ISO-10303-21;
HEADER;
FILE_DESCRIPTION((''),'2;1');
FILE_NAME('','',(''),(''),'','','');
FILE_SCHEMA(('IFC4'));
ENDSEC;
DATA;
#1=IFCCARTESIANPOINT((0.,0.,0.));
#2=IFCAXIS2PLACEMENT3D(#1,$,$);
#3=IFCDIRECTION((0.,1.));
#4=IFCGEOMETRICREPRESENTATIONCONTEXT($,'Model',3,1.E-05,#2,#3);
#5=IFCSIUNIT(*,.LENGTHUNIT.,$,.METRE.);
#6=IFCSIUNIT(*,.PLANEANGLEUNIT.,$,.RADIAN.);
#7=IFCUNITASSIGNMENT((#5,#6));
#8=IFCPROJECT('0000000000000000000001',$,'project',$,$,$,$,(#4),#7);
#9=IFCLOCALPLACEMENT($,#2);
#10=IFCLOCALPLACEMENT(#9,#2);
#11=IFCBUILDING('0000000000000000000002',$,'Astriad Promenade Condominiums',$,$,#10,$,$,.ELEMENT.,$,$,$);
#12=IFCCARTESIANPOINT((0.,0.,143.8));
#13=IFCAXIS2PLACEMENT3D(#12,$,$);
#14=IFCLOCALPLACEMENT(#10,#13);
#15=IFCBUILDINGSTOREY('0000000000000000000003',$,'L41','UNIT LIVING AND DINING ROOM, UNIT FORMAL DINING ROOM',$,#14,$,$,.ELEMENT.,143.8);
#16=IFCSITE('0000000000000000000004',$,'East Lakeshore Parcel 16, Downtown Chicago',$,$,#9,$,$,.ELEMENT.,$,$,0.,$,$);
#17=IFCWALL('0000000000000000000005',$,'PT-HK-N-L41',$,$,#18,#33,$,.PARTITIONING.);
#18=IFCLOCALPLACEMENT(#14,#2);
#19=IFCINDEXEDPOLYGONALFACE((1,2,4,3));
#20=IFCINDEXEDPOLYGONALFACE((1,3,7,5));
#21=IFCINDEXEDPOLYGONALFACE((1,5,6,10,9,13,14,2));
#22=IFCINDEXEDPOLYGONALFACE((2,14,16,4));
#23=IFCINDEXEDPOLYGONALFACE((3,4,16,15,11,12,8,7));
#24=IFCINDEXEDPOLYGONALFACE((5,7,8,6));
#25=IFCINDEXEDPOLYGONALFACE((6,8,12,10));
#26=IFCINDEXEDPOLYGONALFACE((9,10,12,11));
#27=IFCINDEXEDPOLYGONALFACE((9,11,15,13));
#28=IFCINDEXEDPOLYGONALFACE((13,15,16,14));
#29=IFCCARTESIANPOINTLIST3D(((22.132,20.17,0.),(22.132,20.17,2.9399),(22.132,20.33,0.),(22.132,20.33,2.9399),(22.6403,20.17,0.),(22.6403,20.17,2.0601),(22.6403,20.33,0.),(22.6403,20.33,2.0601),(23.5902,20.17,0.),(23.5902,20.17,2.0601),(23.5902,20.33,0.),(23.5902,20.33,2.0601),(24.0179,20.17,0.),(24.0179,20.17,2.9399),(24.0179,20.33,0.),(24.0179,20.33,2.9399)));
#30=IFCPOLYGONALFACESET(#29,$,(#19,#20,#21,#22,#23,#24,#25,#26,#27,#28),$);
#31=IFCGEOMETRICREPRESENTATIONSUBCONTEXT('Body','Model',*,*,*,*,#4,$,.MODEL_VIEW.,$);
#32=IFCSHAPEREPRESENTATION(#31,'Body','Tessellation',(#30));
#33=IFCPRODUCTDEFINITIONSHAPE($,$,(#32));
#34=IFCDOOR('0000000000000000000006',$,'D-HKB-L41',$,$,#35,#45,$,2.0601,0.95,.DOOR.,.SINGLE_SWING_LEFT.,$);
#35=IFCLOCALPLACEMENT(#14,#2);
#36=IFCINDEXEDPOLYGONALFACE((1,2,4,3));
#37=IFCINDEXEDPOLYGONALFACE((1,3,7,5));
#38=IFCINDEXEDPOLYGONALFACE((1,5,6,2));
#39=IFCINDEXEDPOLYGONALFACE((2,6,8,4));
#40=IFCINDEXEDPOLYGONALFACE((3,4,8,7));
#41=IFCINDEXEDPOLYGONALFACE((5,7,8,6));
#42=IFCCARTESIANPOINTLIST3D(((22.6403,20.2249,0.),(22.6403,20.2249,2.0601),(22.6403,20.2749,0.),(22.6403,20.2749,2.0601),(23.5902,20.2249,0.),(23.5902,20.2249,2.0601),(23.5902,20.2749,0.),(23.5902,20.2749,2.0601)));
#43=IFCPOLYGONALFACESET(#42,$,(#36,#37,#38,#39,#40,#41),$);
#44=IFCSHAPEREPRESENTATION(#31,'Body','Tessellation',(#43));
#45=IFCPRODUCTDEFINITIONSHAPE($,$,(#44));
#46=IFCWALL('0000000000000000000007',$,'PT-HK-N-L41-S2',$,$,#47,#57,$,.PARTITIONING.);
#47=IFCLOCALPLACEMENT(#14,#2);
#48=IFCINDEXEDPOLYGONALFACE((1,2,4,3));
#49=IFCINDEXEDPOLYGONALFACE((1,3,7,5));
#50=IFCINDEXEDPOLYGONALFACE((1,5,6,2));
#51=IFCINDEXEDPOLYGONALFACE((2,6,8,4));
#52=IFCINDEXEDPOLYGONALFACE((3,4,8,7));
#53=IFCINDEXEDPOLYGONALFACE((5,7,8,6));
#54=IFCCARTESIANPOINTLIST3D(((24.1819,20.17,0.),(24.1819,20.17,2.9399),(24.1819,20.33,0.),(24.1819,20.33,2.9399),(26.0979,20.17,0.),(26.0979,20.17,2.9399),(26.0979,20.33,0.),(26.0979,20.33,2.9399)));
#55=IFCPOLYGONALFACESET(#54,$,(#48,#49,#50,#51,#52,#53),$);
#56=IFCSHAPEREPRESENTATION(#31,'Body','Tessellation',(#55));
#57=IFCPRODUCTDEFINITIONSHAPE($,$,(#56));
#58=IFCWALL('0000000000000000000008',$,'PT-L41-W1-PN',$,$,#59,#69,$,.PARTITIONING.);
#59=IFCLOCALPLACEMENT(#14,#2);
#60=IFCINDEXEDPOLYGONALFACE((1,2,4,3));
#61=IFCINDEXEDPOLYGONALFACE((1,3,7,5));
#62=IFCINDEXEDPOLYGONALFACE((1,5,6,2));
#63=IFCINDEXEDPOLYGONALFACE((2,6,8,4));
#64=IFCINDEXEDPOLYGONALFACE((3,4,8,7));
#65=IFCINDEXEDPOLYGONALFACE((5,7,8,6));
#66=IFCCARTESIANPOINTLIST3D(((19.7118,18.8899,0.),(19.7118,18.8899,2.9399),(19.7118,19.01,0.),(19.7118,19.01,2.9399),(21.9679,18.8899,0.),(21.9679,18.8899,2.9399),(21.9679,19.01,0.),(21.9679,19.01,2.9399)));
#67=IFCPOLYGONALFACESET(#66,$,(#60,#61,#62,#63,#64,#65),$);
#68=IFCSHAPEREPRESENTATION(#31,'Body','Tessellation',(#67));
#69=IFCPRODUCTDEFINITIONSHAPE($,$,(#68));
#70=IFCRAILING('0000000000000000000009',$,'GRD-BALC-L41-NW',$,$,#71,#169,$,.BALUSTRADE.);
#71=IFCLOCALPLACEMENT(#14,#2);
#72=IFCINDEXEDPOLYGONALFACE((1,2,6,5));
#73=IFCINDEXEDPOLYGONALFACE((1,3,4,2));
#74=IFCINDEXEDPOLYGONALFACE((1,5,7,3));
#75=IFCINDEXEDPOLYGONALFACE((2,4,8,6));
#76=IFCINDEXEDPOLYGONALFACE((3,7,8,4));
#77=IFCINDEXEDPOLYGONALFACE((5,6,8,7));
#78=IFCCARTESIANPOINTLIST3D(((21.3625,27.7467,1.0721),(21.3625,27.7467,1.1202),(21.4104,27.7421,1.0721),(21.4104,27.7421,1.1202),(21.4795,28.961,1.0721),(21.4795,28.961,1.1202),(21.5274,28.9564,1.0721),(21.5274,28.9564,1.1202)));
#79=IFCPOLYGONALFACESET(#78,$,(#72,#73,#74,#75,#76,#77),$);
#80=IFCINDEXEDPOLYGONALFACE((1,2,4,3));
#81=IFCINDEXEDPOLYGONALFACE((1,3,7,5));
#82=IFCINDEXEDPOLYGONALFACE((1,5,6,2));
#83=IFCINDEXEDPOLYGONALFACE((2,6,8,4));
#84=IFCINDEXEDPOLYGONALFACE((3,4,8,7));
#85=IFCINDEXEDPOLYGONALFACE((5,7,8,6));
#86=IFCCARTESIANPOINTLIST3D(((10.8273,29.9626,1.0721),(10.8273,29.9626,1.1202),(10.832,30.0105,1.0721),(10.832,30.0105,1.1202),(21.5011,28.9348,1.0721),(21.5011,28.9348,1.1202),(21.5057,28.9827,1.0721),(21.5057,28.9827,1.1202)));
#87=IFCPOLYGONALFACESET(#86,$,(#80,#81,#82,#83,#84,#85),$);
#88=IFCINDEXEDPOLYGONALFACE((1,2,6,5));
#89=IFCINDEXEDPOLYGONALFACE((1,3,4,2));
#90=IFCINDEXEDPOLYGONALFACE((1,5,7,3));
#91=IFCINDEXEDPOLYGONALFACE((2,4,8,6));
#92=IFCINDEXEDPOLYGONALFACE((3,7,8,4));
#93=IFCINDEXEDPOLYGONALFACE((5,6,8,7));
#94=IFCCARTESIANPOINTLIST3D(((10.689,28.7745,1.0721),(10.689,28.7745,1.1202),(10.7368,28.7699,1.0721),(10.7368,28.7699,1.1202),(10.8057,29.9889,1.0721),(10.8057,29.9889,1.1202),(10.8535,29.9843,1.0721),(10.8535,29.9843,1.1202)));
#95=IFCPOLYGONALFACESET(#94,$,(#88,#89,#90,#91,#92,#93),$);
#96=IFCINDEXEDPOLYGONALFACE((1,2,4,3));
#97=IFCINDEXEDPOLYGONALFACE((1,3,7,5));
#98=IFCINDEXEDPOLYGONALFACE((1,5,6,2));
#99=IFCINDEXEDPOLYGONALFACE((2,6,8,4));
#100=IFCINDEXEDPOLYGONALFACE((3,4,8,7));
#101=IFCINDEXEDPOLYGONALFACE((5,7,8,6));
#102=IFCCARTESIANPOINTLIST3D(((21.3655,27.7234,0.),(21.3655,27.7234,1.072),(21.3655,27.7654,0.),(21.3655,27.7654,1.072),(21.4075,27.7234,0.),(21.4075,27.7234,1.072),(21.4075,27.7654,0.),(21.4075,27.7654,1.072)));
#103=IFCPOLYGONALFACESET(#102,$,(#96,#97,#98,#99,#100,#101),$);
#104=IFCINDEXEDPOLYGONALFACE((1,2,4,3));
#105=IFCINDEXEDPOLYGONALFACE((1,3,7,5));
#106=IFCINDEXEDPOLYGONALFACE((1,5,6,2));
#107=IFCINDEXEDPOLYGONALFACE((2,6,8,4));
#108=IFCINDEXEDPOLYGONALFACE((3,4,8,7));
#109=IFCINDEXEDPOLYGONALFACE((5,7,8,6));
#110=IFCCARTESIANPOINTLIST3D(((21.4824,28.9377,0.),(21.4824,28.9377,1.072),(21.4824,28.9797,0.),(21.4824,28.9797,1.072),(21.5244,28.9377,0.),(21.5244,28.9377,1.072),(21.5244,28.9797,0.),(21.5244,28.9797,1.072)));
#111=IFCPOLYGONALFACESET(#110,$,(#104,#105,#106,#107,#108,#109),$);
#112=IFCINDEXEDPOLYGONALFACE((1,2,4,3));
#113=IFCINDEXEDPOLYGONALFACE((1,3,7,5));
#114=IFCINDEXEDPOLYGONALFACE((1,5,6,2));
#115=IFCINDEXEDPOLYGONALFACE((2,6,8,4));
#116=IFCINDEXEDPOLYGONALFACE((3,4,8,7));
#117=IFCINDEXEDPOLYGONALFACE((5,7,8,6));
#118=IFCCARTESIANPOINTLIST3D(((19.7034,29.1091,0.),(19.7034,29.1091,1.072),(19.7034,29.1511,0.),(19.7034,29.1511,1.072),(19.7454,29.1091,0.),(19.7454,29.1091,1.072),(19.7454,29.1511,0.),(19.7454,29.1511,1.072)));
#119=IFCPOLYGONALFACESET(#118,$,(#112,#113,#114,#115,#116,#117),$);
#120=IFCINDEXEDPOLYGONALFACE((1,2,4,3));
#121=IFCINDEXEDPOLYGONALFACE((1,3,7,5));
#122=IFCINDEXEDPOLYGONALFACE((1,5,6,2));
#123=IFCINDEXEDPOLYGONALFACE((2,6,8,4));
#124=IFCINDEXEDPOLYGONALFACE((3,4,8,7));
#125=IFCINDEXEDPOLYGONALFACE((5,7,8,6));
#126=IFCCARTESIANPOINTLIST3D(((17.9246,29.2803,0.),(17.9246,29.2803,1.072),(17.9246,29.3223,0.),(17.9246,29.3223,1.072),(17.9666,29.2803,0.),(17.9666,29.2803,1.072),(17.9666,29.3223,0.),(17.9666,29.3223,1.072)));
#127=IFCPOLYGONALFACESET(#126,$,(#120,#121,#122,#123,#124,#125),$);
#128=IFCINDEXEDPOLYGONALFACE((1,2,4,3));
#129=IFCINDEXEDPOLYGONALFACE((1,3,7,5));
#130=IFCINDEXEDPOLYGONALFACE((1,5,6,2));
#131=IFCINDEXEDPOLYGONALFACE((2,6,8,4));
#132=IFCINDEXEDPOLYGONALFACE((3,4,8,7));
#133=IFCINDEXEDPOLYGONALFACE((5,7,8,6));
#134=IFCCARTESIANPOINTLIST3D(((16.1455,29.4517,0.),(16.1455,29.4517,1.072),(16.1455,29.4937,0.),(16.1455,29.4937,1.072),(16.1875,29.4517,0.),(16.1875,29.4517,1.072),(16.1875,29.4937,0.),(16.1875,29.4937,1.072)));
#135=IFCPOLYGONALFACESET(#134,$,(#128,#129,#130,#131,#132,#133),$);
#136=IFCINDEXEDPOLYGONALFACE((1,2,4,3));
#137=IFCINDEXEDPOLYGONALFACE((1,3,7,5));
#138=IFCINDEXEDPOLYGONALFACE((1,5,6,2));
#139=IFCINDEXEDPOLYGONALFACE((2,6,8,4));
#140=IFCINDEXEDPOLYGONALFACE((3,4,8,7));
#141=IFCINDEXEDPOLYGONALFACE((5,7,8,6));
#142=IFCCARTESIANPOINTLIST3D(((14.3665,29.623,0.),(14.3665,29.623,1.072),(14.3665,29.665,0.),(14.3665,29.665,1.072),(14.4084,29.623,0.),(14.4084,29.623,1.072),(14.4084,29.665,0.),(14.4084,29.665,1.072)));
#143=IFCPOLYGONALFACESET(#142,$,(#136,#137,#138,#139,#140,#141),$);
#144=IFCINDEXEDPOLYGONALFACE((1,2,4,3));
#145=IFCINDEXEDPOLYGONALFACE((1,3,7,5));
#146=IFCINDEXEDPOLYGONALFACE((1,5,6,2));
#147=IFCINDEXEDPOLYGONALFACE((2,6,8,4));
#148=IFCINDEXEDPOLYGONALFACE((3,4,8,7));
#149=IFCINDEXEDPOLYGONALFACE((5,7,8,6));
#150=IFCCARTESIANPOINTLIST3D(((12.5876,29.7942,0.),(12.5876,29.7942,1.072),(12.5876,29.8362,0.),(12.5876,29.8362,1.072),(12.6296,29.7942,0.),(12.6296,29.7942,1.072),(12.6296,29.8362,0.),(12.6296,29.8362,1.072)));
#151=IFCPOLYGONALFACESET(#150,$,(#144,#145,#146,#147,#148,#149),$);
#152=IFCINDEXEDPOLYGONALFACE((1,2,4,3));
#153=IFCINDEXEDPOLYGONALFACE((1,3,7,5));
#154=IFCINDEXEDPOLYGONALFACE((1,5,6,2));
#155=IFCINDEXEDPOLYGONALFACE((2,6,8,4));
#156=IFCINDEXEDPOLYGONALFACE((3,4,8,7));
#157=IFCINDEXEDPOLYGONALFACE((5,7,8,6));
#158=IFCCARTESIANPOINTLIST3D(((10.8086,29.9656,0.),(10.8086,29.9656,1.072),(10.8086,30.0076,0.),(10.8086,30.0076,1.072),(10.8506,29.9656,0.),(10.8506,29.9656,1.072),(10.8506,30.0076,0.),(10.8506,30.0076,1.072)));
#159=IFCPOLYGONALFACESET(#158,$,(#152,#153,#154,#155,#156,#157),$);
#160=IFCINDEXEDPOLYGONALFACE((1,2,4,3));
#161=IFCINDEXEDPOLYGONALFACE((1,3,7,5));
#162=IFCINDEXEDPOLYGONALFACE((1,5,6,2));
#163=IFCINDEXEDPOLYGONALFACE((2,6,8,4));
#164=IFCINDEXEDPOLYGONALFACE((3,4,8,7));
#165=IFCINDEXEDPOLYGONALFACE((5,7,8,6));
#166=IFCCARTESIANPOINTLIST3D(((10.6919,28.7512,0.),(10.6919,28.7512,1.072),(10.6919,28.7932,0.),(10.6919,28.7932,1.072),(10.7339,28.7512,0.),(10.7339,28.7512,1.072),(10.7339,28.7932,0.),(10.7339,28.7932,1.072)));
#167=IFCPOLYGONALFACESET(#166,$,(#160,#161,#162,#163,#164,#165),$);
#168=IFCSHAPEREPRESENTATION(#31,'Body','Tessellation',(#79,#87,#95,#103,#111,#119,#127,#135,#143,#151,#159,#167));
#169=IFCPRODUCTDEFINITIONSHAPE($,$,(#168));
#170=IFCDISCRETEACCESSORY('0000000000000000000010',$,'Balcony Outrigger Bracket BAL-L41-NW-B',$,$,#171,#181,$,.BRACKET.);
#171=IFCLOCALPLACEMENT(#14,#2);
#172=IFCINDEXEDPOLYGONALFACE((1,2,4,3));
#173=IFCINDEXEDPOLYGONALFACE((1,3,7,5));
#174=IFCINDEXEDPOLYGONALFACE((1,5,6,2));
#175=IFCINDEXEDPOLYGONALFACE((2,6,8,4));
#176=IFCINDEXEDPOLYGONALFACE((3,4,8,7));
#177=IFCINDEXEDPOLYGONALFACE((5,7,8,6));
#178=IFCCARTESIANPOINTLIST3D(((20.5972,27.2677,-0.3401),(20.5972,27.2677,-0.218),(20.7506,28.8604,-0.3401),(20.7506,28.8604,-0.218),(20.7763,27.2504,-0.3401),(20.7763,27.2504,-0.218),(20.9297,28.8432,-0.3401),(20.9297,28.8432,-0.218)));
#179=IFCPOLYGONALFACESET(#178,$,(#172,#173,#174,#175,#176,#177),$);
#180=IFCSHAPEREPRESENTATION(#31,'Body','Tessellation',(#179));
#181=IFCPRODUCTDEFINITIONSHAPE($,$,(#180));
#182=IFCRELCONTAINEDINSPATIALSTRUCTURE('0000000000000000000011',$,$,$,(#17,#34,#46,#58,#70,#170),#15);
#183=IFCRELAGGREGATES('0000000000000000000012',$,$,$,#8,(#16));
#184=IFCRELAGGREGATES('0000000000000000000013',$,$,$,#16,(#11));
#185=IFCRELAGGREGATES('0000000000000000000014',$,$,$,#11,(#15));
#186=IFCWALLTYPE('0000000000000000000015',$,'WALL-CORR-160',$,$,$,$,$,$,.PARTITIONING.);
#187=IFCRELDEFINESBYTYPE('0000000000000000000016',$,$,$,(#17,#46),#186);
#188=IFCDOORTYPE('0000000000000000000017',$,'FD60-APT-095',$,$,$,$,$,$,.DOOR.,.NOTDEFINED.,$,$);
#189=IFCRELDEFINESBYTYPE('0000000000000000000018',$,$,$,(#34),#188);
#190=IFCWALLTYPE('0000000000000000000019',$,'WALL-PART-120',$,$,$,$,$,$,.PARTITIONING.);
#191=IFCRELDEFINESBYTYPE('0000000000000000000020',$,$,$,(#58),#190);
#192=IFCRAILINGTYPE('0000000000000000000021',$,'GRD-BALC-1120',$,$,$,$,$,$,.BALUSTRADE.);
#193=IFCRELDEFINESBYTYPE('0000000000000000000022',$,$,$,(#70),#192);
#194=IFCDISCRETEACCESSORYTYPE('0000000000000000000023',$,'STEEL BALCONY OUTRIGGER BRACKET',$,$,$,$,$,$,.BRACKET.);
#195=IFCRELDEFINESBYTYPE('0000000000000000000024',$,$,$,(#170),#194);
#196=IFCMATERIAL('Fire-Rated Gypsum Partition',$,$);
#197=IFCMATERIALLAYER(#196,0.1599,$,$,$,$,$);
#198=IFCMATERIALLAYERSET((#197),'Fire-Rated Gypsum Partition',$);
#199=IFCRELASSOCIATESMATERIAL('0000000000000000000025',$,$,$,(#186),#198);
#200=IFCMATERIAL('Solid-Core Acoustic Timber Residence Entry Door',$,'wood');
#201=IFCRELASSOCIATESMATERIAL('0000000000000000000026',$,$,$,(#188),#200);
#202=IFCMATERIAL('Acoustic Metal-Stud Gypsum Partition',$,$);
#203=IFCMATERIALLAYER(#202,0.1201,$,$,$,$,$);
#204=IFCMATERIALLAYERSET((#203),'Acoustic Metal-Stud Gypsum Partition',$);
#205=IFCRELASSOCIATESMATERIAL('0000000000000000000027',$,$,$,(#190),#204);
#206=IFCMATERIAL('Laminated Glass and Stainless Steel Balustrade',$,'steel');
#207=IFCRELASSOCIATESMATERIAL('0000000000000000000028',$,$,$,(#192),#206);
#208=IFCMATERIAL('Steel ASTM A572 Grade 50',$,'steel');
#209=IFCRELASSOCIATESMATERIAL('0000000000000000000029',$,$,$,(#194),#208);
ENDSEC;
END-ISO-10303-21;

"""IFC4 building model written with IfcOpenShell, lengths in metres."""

from ifc_helpers import new_model, si_unit, direction, frame, frame_2d, origin, origin_2d, place, context, subcontext, project, spatial, rectangle, extrude, source, transform, mapped, material, layer, layer_set, type_object, type_shapes, element, fill, save


model = new_model("IFC4")

# Units and contexts
model_context = context("Model", 3, precision=1e-05, world=origin(), true_north=direction((0.0, 1.0)))
body_context = subcontext(model_context, "Body", "Model", "MODEL_VIEW")
ifc_project = project(units=[si_unit("LENGTHUNIT", "METRE"), si_unit("PLANEANGLEUNIT", "RADIAN")], contexts=[model_context])

# Site, building, storey
site_placement = place(None, origin())
site = spatial("IfcSite", under=ifc_project, at=site_placement, Name="East Lakeshore Parcel 16, Downtown Chicago", CompositionType="ELEMENT", RefElevation=0.0)
building_placement = place(site_placement, origin())
building = spatial("IfcBuilding", under=site, at=building_placement, Name="Astriad Promenade Condominiums", CompositionType="ELEMENT")
storey_placement = place(building_placement, frame((0.0, 0.0, 143.8)))
storey = spatial("IfcBuildingStorey", under=building, at=storey_placement, Name="L41", Description="UNIT LIVING AND DINING ROOM, UNIT FORMAL DINING ROOM", CompositionType="ELEMENT", Elevation=143.8)

# Wall, opening, door
ifc_material_1 = material(Name="Fire-Rated Gypsum Partition")
ifc_layer_1 = layer(ifc_material_1, 0.1599)
ifc_layer_set_1 = layer_set([ifc_layer_1], Name="Fire-Rated Gypsum Partition")
wall_type_1 = type_object("IfcWallType", Name="WALL-CORR-160", PredefinedType="PARTITIONING", material=ifc_layer_set_1)
wall_1_placement = place(storey_placement, frame((22.1321, 20.25, 0.0), z_axis=(0.0, 0.0, 1.0), x_axis=(1.0, 0.0, 0.0)))
wall_1 = element("IfcWall", 1, at=wall_1_placement, inside=storey, type_object=wall_type_1, Name="PT-HK-N-L41", PredefinedType="PARTITIONING", context=body_context, shape_type="SweptSolid", body=[
    extrude(rectangle(XDim=1.886, YDim=0.1599, at=frame_2d((0.9429, 0.0))), origin(), (0.0, 0.0, 1.0), 2.9399),
])
opening_1_placement = place(wall_1_placement, frame((0.5081, 0.0, 0.0)))
opening_1 = element("IfcOpeningElement", 2, at=opening_1_placement, cuts=wall_1, PredefinedType="OPENING", context=body_context, shape_type="SweptSolid", body=[
    extrude(rectangle(XDim=0.95, YDim=2.0601, at=frame_2d((0.4751, 1.03))), frame((0.0, 0.0898, 0.0), z_axis=(0.0, -1.0, 0.0), x_axis=(1.0, 0.0, 0.0)), (0.0, 0.0, 1.0), 0.1799),
])
ifc_material_2 = material(Name="Solid-Core Acoustic Timber Residence Entry Door", Category="wood")
door_type_1 = type_object("IfcDoorType", Name="FD60-APT-095", OperationType="NOTDEFINED", PredefinedType="DOOR", material=ifc_material_2)
shared_shape_1 = source(origin(), body_context, "Body", "SweptSolid", [
    extrude(rectangle(XDim=0.95, YDim=2.0601, at=frame_2d((0.4751, 1.03))), frame((0.0, 0.0249, 0.0), z_axis=(0.0, -1.0, 0.0), x_axis=(1.0, 0.0, 0.0)), (0.0, 0.0, 1.0), 0.05),
])
type_shapes(door_type_1, [shared_shape_1])
door_1_placement = place(opening_1_placement, origin())
door_1 = element("IfcDoor", 3, at=door_1_placement, inside=storey, type_object=door_type_1, Name="D-HKB-L41", OperationType="SINGLE_SWING_LEFT", OverallHeight=2.0601, OverallWidth=0.95, PredefinedType="DOOR", context=body_context, shape_type="MappedRepresentation", body=[
    mapped(shared_shape_1, transform((0.0, 0.0, 0.0), scale=1.0)),
])
fill(opening_1, door_1)

# Walls
wall_2_placement = place(storey_placement, frame((24.1819, 20.25, 0.0), z_axis=(0.0, 0.0, 1.0), x_axis=(1.0, 0.0, 0.0)))
element("IfcWall", 4, at=wall_2_placement, inside=storey, type_object=wall_type_1, Name="PT-HK-N-L41-S2", PredefinedType="PARTITIONING", context=body_context, shape_type="SweptSolid", body=[
    extrude(rectangle(XDim=1.916, YDim=0.1599, at=frame_2d((0.958, 0.0))), origin(), (0.0, 0.0, 1.0), 2.9399),
])
ifc_material_3 = material(Name="Acoustic Metal-Stud Gypsum Partition")
ifc_layer_2 = layer(ifc_material_3, 0.1201)
ifc_layer_set_2 = layer_set([ifc_layer_2], Name="Acoustic Metal-Stud Gypsum Partition")
wall_type_2 = type_object("IfcWallType", Name="WALL-PART-120", PredefinedType="PARTITIONING", material=ifc_layer_set_2)
wall_3_placement = place(storey_placement, frame((19.7119, 18.95, 0.0), z_axis=(0.0, 0.0, 1.0), x_axis=(1.0, 0.0, 0.0)))
element("IfcWall", 5, at=wall_3_placement, inside=storey, type_object=wall_type_2, Name="PT-L41-W1-PN", PredefinedType="PARTITIONING", context=body_context, shape_type="SweptSolid", body=[
    extrude(rectangle(XDim=2.2561, YDim=0.1201, at=frame_2d((1.1279, 0.0))), origin(), (0.0, 0.0, 1.0), 2.9399),
])

# Railing
ifc_material_4 = material(Name="Laminated Glass and Stainless Steel Balustrade", Category="steel")
railing_type = type_object("IfcRailingType", Name="GRD-BALC-1120", PredefinedType="BALUSTRADE", material=ifc_material_4)
shared_shape_2 = source(origin(), body_context, "Body", "SweptSolid", [
    extrude(rectangle(XDim=0.0481, YDim=0.0481, at=origin_2d()), frame((0.0, 0.0, 1.0962), z_axis=(0.095857, 0.995395, 0.0), x_axis=(-0.995395, 0.095857, 0.0)), (0.0, 0.0, 1.0), 1.22),
    extrude(rectangle(XDim=0.0481, YDim=0.0481, at=origin_2d()), frame((0.1169, 1.2144, 1.0962), z_axis=(-0.995396, 0.095851, 0.0), x_axis=(-0.095851, -0.995396, 0.0)), (0.0, 0.0, 1.0), 10.7231),
    extrude(rectangle(XDim=0.0481, YDim=0.0481, at=origin_2d()), frame((-10.5569, 2.2422, 1.0962), z_axis=(-0.095659, -0.995414, 0.0), x_axis=(0.995414, -0.095659, 0.0)), (0.0, 0.0, 1.0), 1.22),
    extrude(rectangle(XDim=0.042, YDim=0.042, at=origin_2d()), origin(), (0.0, 0.0, 1.0), 1.072),
    extrude(rectangle(XDim=0.042, YDim=0.042, at=origin_2d()), frame((0.1169, 1.2144, 0.0)), (0.0, 0.0, 1.0), 1.072),
    extrude(rectangle(XDim=0.042, YDim=0.042, at=origin_2d()), frame((-1.6621, 1.3857, 0.0)), (0.0, 0.0, 1.0), 1.072),
    extrude(rectangle(XDim=0.042, YDim=0.042, at=origin_2d()), frame((-3.4409, 1.5569, 0.0)), (0.0, 0.0, 1.0), 1.072),
    extrude(rectangle(XDim=0.042, YDim=0.042, at=origin_2d()), frame((-5.22, 1.7283, 0.0)), (0.0, 0.0, 1.0), 1.072),
    extrude(rectangle(XDim=0.042, YDim=0.042, at=origin_2d()), frame((-6.999, 1.8997, 0.0)), (0.0, 0.0, 1.0), 1.072),
    extrude(rectangle(XDim=0.042, YDim=0.042, at=origin_2d()), frame((-8.7778, 2.0708, 0.0)), (0.0, 0.0, 1.0), 1.072),
    extrude(rectangle(XDim=0.042, YDim=0.042, at=origin_2d()), frame((-10.5569, 2.2422, 0.0)), (0.0, 0.0, 1.0), 1.072),
    extrude(rectangle(XDim=0.042, YDim=0.042, at=origin_2d()), frame((-10.6736, 1.0278, 0.0)), (0.0, 0.0, 1.0), 1.072),
])
type_shapes(railing_type, [shared_shape_2])
railing_placement = place(storey_placement, frame((21.3865, 27.7444, 0.0)))
element("IfcRailing", 6, at=railing_placement, inside=storey, type_object=railing_type, Name="GRD-BALC-L41-NW", PredefinedType="BALUSTRADE", context=body_context, shape_type="MappedRepresentation", body=[
    mapped(shared_shape_2, transform((0.0, 0.0, 0.0), scale=1.0)),
])

# Discrete accessory
ifc_material_5 = material(Name="Steel ASTM A572 Grade 50", Category="steel")
discrete_accessory_type = type_object("IfcDiscreteAccessoryType", Name="STEEL BALCONY OUTRIGGER BRACKET", PredefinedType="BRACKET", material=ifc_material_5)
shared_shape_3 = source(origin(), body_context, "Body", "SweptSolid", [
    extrude(rectangle(XDim=1.6001, YDim=0.1799, at=origin_2d()), origin(), (0.0, 0.0, 1.0), 0.1221),
])
type_shapes(discrete_accessory_type, [shared_shape_3])
discrete_accessory_placement = place(storey_placement, frame((20.7634, 28.0554, -0.3401), z_axis=(0.0, 0.0, 1.0), x_axis=(0.095846, 0.995396, 0.0)))
element("IfcDiscreteAccessory", 7, at=discrete_accessory_placement, inside=storey, type_object=discrete_accessory_type, Name="Balcony Outrigger Bracket BAL-L41-NW-B", PredefinedType="BRACKET", context=body_context, shape_type="MappedRepresentation", body=[
    mapped(shared_shape_3, transform((0.0, 0.0, 0.0), scale=1.0)),
])

save(model, "model.ifc")
